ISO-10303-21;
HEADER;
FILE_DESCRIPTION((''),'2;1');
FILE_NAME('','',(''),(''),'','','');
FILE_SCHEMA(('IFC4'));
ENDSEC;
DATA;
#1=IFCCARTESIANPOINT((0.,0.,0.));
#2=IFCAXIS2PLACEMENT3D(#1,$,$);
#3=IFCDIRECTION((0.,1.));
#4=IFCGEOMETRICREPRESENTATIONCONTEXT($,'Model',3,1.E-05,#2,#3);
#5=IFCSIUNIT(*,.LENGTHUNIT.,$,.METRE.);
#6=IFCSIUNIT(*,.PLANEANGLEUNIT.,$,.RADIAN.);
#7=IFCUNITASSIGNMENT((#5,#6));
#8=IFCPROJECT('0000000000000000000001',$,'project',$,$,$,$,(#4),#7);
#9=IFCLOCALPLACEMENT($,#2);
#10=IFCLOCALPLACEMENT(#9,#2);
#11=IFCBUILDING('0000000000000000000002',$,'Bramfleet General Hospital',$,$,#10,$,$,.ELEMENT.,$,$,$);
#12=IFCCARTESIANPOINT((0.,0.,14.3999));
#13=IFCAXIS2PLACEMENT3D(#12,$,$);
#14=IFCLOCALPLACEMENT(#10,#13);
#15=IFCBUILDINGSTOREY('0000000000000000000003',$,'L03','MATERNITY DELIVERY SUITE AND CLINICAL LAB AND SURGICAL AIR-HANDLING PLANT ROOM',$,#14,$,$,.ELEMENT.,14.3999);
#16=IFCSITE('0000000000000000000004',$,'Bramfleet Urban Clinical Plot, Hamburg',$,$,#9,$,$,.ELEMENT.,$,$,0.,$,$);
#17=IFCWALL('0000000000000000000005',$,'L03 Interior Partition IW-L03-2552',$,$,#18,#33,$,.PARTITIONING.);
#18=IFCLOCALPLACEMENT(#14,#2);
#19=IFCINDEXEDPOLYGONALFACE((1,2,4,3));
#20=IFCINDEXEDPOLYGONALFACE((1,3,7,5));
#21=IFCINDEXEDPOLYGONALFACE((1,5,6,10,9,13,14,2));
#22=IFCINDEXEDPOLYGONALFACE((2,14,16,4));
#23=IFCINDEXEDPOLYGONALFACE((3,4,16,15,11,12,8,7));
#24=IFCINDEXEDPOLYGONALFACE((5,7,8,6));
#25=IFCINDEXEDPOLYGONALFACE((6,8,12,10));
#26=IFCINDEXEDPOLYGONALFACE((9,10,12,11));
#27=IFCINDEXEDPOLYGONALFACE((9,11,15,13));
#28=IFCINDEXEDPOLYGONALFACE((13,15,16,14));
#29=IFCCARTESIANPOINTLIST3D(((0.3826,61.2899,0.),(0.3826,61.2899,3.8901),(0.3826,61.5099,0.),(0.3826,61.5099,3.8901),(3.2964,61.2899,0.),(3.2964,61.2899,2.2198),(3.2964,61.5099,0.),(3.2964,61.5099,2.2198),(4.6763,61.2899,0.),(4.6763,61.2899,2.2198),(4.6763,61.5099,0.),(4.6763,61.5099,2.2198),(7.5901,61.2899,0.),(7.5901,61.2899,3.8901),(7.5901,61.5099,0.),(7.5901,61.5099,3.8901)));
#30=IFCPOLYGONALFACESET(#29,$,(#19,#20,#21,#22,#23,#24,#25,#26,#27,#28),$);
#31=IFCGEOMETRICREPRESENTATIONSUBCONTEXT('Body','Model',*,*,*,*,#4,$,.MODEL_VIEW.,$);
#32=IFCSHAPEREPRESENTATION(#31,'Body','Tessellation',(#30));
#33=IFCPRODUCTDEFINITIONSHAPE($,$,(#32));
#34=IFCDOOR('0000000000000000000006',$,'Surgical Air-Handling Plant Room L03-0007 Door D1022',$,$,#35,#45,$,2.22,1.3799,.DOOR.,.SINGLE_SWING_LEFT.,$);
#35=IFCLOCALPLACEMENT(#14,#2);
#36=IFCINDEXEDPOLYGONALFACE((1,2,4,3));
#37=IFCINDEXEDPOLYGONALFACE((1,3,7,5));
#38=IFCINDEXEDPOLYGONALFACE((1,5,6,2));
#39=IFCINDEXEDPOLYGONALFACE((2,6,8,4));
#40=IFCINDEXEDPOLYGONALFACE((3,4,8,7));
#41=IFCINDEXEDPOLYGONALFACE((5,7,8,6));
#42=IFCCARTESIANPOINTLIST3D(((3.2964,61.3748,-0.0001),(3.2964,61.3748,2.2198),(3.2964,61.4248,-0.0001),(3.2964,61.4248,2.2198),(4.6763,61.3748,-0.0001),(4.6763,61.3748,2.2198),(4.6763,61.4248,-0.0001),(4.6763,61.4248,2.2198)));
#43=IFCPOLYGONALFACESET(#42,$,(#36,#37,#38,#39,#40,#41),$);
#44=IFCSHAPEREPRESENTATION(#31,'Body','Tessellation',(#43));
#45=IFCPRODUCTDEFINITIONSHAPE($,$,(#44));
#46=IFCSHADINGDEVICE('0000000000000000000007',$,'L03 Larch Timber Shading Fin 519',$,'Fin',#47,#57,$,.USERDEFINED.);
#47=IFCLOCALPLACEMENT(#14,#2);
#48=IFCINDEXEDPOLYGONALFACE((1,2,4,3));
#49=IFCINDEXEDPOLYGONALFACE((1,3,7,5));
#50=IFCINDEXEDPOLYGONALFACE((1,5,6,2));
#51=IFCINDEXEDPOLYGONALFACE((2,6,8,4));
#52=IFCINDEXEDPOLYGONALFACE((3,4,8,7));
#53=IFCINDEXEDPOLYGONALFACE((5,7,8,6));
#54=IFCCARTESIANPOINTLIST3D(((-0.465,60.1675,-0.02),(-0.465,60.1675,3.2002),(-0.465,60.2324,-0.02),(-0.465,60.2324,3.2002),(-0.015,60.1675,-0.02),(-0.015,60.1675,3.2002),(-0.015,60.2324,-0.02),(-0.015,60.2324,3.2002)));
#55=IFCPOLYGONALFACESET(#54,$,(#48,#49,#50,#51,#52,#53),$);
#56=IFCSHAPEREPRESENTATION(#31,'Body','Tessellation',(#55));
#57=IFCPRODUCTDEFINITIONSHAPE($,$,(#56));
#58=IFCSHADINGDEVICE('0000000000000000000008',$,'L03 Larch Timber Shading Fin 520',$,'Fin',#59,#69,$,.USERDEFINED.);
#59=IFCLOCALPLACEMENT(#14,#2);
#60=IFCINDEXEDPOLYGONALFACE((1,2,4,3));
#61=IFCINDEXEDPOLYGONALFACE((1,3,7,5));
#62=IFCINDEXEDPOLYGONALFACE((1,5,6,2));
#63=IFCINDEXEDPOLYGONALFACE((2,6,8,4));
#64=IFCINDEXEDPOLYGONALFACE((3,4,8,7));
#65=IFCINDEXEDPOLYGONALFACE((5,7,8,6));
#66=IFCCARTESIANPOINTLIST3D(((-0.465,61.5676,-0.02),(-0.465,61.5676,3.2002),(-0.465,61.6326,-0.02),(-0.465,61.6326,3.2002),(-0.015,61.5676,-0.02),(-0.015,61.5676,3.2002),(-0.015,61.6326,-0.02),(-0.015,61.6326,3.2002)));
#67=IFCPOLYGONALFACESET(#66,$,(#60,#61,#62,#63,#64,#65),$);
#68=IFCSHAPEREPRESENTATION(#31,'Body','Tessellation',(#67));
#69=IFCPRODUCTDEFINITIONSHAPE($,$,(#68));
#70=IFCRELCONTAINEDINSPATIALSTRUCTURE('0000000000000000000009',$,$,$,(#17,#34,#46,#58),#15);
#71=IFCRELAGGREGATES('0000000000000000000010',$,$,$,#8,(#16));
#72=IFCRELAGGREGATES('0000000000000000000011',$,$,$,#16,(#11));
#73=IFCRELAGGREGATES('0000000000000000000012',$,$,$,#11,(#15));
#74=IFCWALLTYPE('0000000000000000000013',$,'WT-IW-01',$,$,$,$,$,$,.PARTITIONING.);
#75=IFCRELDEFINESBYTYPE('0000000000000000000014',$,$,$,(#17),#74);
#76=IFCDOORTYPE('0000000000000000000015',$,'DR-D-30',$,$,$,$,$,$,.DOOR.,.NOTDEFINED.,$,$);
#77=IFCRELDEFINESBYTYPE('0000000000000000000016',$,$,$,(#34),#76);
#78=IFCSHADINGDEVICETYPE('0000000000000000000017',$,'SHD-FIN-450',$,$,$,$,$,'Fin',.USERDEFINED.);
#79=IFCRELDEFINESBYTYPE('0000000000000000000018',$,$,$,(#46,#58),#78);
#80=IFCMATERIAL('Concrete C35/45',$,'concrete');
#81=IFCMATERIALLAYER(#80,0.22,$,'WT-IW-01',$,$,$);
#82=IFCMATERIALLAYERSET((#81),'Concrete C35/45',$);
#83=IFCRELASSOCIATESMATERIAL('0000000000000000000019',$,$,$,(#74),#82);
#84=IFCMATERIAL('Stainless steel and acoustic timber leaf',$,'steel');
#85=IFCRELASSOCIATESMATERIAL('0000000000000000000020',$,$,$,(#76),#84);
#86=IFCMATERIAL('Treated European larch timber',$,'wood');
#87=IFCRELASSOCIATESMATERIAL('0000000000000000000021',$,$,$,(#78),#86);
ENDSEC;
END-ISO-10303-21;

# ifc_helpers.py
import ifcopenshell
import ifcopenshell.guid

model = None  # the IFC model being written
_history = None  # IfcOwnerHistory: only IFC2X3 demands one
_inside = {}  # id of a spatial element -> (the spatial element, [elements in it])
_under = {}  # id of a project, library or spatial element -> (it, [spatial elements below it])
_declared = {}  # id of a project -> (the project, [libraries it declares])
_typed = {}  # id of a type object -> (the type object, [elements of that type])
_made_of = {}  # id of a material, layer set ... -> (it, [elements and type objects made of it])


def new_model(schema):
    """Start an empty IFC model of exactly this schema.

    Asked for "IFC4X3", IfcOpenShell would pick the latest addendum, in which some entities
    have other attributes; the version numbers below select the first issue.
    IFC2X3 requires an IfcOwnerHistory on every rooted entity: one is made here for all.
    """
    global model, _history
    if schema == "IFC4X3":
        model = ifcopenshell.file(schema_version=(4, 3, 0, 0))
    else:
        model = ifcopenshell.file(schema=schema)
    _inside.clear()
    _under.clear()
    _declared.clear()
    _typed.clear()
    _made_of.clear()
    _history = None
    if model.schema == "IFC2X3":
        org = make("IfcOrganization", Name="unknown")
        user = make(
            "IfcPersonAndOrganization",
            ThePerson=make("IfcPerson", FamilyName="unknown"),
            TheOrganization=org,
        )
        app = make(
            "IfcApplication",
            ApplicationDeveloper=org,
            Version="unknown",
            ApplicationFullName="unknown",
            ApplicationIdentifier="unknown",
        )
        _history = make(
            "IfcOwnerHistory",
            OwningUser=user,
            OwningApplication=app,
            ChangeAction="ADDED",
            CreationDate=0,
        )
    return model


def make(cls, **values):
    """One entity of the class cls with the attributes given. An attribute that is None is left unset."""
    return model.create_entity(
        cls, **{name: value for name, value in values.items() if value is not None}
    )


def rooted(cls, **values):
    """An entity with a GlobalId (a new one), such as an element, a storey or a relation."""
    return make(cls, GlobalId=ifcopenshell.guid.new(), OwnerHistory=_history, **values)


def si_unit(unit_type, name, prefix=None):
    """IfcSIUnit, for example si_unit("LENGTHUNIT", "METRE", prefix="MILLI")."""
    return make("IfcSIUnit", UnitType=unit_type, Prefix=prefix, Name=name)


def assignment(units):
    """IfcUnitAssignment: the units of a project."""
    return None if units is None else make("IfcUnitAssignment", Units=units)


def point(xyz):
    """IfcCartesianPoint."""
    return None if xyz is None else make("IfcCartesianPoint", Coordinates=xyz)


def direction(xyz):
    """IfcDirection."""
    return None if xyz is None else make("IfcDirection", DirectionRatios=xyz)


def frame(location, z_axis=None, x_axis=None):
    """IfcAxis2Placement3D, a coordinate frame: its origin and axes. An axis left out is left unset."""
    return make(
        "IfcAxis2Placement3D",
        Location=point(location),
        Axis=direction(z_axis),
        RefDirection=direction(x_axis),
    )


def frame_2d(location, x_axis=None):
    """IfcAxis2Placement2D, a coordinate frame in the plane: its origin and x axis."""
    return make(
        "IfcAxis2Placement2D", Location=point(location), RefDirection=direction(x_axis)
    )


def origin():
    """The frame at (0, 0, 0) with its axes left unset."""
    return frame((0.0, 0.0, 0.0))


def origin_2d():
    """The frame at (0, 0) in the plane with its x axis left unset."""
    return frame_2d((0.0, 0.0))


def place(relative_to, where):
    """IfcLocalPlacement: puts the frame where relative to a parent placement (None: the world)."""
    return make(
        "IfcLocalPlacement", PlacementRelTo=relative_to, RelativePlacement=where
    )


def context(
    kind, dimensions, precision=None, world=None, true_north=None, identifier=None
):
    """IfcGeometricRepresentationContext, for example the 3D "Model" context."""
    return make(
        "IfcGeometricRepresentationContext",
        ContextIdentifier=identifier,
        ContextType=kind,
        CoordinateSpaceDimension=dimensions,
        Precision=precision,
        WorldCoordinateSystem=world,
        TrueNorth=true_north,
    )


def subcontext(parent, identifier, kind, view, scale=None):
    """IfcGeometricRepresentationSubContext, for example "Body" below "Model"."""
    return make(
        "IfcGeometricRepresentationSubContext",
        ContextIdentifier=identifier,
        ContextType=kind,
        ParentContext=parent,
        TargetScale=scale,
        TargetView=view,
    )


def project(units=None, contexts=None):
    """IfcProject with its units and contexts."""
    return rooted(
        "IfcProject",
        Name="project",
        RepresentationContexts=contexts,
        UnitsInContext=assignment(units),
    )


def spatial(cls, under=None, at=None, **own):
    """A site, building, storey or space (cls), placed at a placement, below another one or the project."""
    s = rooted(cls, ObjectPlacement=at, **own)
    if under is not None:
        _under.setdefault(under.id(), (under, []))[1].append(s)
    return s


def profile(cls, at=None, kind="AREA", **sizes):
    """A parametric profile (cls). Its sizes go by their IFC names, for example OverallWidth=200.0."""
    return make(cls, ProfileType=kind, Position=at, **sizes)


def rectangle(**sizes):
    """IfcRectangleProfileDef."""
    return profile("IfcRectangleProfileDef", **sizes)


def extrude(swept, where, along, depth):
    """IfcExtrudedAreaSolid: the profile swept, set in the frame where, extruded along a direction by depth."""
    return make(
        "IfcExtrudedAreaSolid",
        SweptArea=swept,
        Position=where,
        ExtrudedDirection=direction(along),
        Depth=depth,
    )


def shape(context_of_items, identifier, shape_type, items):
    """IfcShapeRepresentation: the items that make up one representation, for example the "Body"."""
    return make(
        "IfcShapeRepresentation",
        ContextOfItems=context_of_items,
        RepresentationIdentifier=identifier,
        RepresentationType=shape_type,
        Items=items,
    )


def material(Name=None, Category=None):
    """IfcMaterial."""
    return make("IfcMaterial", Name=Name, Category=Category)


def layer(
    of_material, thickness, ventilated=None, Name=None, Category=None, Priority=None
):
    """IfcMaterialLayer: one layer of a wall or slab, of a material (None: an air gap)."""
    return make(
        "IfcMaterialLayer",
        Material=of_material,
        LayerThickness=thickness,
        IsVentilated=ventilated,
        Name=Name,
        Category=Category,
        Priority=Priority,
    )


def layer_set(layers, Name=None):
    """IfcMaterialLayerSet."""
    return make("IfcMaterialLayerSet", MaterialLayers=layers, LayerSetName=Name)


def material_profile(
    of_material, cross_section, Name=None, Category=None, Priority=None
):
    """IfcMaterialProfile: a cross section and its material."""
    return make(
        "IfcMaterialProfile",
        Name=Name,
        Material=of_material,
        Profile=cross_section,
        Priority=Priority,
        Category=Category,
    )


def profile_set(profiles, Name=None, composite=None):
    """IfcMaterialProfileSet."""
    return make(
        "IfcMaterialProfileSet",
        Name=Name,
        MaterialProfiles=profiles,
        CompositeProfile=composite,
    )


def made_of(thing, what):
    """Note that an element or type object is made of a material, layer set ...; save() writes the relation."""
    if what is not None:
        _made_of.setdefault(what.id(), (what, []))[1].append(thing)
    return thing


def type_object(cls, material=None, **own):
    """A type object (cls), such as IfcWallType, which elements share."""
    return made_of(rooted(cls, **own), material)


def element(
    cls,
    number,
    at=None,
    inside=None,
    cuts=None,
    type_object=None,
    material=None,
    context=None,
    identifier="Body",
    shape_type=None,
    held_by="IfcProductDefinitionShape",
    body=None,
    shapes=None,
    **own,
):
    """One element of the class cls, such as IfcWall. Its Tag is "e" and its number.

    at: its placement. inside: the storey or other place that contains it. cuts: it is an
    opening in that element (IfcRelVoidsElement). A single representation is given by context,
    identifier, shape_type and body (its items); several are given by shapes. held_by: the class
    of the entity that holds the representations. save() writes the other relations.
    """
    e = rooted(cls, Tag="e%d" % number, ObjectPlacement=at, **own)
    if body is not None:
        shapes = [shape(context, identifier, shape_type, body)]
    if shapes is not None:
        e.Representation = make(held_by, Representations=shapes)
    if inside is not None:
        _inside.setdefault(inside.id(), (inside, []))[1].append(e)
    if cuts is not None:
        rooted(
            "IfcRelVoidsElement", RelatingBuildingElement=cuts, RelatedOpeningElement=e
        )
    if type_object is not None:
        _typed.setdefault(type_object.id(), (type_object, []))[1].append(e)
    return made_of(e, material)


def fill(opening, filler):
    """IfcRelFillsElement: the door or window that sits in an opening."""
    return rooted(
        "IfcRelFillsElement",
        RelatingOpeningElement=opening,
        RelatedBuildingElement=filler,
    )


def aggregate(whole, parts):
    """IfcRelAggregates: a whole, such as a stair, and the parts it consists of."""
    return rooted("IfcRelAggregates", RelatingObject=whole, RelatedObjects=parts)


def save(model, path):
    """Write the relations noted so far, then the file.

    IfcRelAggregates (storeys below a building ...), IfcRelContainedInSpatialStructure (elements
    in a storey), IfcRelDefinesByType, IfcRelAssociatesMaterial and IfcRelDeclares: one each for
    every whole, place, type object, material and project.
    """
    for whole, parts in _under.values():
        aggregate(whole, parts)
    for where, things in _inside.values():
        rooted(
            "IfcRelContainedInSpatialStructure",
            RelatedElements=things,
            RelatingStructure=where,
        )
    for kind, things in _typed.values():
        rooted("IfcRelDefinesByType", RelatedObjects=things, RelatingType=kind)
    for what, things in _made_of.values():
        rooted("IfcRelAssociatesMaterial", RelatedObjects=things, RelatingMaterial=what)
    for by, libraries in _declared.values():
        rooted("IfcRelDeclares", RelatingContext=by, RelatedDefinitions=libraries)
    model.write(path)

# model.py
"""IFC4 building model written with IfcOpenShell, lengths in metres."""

from ifc_helpers import new_model, si_unit, direction, frame, frame_2d, origin, origin_2d, place, context, subcontext, project, spatial, rectangle, extrude, material, layer, layer_set, material_profile, profile_set, type_object, element, fill, save


model = new_model("IFC4")

# Units and contexts
model_context = context("Model", 3, precision=1e-05, world=origin(), true_north=direction((0.0, 1.0)))
body_context = subcontext(model_context, "Body", "Model", "MODEL_VIEW")
ifc_project = project(units=[si_unit("LENGTHUNIT", "METRE"), si_unit("PLANEANGLEUNIT", "RADIAN")], contexts=[model_context])

# Site, building, storey
site_placement = place(None, origin())
site = spatial("IfcSite", under=ifc_project, at=site_placement, Name="Bramfleet Urban Clinical Plot, Hamburg", CompositionType="ELEMENT", RefElevation=0.0)
building_placement = place(site_placement, origin())
building = spatial("IfcBuilding", under=site, at=building_placement, Name="Bramfleet General Hospital", CompositionType="ELEMENT")
storey_placement = place(building_placement, frame((0.0, 0.0, 14.3999)))
storey = spatial("IfcBuildingStorey", under=building, at=storey_placement, Name="L03", Description="MATERNITY DELIVERY SUITE AND CLINICAL LAB AND SURGICAL AIR-HANDLING PLANT ROOM", CompositionType="ELEMENT", Elevation=14.3999)

# Wall, opening, door
ifc_material_1 = material(Name="Concrete C35/45", Category="concrete")
ifc_layer_1 = layer(ifc_material_1, 0.22, Name="WT-IW-01")
ifc_layer_set_1 = layer_set([ifc_layer_1], Name="Concrete C35/45")
wall_type = type_object("IfcWallType", Name="WT-IW-01", PredefinedType="PARTITIONING", material=ifc_layer_set_1)
wall_placement = place(storey_placement, frame((0.3826, 61.3999, 0.0), z_axis=(0.0, 0.0, 1.0), x_axis=(1.0, 0.0, 0.0)))
wall = element("IfcWall", 1, at=wall_placement, inside=storey, type_object=wall_type, Name="L03 Interior Partition IW-L03-2552", PredefinedType="PARTITIONING", context=body_context, shape_type="SweptSolid", body=[
    extrude(rectangle(XDim=7.2075, YDim=0.22, at=frame_2d((3.6038, 0.0))), origin(), (0.0, 0.0, 1.0), 3.8901),
])
opening_placement = place(wall_placement, frame((2.9138, 0.0, 0.0)))
opening = element("IfcOpeningElement", 2, at=opening_placement, cuts=wall, PredefinedType="OPENING", context=body_context, shape_type="SweptSolid", body=[
    extrude(rectangle(XDim=1.3799, YDim=2.22, at=frame_2d((0.6899, 1.1099))), frame((0.0, 0.1199, 0.0), z_axis=(0.0, -1.0, 0.0), x_axis=(1.0, 0.0, 0.0)), (0.0, 0.0, 1.0), 0.24),
])
ifc_material_2 = material(Name="Stainless steel and acoustic timber leaf", Category="steel")
door_type = type_object("IfcDoorType", Name="DR-D-30", OperationType="NOTDEFINED", PredefinedType="DOOR", material=ifc_material_2)
door_placement = place(opening_placement, origin())
door = element("IfcDoor", 3, at=door_placement, inside=storey, type_object=door_type, Name="Surgical Air-Handling Plant Room L03-0007 Door D1022", OperationType="SINGLE_SWING_LEFT", OverallHeight=2.22, OverallWidth=1.3799, PredefinedType="DOOR", context=body_context, shape_type="SweptSolid", body=[
    extrude(rectangle(XDim=1.3799, YDim=2.22, at=frame_2d((0.6899, 1.1099))), frame((0.0, 0.0249, 0.0), z_axis=(0.0, -1.0, 0.0), x_axis=(1.0, 0.0, 0.0)), (0.0, 0.0, 1.0), 0.05),
])
fill(opening, door)

# Shading devices
ifc_material_3 = material(Name="Treated European larch timber", Category="wood")
ifc_material_profile_1 = material_profile(ifc_material_3, rectangle(XDim=0.0649, YDim=0.45, at=origin_2d()), Name="LARCH FIN 450x65")
ifc_profile_set_1 = profile_set([ifc_material_profile_1], Name="Treated European larch timber")
shading_device_type = type_object("IfcShadingDeviceType", Name="SHD-FIN-450", ElementType="Fin", PredefinedType="USERDEFINED", material=ifc_profile_set_1)
for number, where, z_axis, x_axis, name in (
    (4, (-0.24, 60.2, -0.02), (0.0, 0.0, 1.0), (0.0, 1.0, 0.0), "L03 Larch Timber Shading Fin 519"),
    (5, (-0.24, 61.6001, -0.02), (0.0, 0.0, 1.0), (0.0, 1.0, 0.0), "L03 Larch Timber Shading Fin 520"),
):
    element("IfcShadingDevice", number, at=place(storey_placement, frame(where, z_axis=z_axis, x_axis=x_axis)), inside=storey, type_object=shading_device_type, Name=name, ObjectType="Fin", PredefinedType="USERDEFINED", context=body_context, shape_type="SweptSolid", body=[
        extrude(rectangle(XDim=0.0649, YDim=0.45, at=origin_2d()), origin(), (0.0, 0.0, 1.0), 3.2202),
    ])

save(model, "model.ifc")
